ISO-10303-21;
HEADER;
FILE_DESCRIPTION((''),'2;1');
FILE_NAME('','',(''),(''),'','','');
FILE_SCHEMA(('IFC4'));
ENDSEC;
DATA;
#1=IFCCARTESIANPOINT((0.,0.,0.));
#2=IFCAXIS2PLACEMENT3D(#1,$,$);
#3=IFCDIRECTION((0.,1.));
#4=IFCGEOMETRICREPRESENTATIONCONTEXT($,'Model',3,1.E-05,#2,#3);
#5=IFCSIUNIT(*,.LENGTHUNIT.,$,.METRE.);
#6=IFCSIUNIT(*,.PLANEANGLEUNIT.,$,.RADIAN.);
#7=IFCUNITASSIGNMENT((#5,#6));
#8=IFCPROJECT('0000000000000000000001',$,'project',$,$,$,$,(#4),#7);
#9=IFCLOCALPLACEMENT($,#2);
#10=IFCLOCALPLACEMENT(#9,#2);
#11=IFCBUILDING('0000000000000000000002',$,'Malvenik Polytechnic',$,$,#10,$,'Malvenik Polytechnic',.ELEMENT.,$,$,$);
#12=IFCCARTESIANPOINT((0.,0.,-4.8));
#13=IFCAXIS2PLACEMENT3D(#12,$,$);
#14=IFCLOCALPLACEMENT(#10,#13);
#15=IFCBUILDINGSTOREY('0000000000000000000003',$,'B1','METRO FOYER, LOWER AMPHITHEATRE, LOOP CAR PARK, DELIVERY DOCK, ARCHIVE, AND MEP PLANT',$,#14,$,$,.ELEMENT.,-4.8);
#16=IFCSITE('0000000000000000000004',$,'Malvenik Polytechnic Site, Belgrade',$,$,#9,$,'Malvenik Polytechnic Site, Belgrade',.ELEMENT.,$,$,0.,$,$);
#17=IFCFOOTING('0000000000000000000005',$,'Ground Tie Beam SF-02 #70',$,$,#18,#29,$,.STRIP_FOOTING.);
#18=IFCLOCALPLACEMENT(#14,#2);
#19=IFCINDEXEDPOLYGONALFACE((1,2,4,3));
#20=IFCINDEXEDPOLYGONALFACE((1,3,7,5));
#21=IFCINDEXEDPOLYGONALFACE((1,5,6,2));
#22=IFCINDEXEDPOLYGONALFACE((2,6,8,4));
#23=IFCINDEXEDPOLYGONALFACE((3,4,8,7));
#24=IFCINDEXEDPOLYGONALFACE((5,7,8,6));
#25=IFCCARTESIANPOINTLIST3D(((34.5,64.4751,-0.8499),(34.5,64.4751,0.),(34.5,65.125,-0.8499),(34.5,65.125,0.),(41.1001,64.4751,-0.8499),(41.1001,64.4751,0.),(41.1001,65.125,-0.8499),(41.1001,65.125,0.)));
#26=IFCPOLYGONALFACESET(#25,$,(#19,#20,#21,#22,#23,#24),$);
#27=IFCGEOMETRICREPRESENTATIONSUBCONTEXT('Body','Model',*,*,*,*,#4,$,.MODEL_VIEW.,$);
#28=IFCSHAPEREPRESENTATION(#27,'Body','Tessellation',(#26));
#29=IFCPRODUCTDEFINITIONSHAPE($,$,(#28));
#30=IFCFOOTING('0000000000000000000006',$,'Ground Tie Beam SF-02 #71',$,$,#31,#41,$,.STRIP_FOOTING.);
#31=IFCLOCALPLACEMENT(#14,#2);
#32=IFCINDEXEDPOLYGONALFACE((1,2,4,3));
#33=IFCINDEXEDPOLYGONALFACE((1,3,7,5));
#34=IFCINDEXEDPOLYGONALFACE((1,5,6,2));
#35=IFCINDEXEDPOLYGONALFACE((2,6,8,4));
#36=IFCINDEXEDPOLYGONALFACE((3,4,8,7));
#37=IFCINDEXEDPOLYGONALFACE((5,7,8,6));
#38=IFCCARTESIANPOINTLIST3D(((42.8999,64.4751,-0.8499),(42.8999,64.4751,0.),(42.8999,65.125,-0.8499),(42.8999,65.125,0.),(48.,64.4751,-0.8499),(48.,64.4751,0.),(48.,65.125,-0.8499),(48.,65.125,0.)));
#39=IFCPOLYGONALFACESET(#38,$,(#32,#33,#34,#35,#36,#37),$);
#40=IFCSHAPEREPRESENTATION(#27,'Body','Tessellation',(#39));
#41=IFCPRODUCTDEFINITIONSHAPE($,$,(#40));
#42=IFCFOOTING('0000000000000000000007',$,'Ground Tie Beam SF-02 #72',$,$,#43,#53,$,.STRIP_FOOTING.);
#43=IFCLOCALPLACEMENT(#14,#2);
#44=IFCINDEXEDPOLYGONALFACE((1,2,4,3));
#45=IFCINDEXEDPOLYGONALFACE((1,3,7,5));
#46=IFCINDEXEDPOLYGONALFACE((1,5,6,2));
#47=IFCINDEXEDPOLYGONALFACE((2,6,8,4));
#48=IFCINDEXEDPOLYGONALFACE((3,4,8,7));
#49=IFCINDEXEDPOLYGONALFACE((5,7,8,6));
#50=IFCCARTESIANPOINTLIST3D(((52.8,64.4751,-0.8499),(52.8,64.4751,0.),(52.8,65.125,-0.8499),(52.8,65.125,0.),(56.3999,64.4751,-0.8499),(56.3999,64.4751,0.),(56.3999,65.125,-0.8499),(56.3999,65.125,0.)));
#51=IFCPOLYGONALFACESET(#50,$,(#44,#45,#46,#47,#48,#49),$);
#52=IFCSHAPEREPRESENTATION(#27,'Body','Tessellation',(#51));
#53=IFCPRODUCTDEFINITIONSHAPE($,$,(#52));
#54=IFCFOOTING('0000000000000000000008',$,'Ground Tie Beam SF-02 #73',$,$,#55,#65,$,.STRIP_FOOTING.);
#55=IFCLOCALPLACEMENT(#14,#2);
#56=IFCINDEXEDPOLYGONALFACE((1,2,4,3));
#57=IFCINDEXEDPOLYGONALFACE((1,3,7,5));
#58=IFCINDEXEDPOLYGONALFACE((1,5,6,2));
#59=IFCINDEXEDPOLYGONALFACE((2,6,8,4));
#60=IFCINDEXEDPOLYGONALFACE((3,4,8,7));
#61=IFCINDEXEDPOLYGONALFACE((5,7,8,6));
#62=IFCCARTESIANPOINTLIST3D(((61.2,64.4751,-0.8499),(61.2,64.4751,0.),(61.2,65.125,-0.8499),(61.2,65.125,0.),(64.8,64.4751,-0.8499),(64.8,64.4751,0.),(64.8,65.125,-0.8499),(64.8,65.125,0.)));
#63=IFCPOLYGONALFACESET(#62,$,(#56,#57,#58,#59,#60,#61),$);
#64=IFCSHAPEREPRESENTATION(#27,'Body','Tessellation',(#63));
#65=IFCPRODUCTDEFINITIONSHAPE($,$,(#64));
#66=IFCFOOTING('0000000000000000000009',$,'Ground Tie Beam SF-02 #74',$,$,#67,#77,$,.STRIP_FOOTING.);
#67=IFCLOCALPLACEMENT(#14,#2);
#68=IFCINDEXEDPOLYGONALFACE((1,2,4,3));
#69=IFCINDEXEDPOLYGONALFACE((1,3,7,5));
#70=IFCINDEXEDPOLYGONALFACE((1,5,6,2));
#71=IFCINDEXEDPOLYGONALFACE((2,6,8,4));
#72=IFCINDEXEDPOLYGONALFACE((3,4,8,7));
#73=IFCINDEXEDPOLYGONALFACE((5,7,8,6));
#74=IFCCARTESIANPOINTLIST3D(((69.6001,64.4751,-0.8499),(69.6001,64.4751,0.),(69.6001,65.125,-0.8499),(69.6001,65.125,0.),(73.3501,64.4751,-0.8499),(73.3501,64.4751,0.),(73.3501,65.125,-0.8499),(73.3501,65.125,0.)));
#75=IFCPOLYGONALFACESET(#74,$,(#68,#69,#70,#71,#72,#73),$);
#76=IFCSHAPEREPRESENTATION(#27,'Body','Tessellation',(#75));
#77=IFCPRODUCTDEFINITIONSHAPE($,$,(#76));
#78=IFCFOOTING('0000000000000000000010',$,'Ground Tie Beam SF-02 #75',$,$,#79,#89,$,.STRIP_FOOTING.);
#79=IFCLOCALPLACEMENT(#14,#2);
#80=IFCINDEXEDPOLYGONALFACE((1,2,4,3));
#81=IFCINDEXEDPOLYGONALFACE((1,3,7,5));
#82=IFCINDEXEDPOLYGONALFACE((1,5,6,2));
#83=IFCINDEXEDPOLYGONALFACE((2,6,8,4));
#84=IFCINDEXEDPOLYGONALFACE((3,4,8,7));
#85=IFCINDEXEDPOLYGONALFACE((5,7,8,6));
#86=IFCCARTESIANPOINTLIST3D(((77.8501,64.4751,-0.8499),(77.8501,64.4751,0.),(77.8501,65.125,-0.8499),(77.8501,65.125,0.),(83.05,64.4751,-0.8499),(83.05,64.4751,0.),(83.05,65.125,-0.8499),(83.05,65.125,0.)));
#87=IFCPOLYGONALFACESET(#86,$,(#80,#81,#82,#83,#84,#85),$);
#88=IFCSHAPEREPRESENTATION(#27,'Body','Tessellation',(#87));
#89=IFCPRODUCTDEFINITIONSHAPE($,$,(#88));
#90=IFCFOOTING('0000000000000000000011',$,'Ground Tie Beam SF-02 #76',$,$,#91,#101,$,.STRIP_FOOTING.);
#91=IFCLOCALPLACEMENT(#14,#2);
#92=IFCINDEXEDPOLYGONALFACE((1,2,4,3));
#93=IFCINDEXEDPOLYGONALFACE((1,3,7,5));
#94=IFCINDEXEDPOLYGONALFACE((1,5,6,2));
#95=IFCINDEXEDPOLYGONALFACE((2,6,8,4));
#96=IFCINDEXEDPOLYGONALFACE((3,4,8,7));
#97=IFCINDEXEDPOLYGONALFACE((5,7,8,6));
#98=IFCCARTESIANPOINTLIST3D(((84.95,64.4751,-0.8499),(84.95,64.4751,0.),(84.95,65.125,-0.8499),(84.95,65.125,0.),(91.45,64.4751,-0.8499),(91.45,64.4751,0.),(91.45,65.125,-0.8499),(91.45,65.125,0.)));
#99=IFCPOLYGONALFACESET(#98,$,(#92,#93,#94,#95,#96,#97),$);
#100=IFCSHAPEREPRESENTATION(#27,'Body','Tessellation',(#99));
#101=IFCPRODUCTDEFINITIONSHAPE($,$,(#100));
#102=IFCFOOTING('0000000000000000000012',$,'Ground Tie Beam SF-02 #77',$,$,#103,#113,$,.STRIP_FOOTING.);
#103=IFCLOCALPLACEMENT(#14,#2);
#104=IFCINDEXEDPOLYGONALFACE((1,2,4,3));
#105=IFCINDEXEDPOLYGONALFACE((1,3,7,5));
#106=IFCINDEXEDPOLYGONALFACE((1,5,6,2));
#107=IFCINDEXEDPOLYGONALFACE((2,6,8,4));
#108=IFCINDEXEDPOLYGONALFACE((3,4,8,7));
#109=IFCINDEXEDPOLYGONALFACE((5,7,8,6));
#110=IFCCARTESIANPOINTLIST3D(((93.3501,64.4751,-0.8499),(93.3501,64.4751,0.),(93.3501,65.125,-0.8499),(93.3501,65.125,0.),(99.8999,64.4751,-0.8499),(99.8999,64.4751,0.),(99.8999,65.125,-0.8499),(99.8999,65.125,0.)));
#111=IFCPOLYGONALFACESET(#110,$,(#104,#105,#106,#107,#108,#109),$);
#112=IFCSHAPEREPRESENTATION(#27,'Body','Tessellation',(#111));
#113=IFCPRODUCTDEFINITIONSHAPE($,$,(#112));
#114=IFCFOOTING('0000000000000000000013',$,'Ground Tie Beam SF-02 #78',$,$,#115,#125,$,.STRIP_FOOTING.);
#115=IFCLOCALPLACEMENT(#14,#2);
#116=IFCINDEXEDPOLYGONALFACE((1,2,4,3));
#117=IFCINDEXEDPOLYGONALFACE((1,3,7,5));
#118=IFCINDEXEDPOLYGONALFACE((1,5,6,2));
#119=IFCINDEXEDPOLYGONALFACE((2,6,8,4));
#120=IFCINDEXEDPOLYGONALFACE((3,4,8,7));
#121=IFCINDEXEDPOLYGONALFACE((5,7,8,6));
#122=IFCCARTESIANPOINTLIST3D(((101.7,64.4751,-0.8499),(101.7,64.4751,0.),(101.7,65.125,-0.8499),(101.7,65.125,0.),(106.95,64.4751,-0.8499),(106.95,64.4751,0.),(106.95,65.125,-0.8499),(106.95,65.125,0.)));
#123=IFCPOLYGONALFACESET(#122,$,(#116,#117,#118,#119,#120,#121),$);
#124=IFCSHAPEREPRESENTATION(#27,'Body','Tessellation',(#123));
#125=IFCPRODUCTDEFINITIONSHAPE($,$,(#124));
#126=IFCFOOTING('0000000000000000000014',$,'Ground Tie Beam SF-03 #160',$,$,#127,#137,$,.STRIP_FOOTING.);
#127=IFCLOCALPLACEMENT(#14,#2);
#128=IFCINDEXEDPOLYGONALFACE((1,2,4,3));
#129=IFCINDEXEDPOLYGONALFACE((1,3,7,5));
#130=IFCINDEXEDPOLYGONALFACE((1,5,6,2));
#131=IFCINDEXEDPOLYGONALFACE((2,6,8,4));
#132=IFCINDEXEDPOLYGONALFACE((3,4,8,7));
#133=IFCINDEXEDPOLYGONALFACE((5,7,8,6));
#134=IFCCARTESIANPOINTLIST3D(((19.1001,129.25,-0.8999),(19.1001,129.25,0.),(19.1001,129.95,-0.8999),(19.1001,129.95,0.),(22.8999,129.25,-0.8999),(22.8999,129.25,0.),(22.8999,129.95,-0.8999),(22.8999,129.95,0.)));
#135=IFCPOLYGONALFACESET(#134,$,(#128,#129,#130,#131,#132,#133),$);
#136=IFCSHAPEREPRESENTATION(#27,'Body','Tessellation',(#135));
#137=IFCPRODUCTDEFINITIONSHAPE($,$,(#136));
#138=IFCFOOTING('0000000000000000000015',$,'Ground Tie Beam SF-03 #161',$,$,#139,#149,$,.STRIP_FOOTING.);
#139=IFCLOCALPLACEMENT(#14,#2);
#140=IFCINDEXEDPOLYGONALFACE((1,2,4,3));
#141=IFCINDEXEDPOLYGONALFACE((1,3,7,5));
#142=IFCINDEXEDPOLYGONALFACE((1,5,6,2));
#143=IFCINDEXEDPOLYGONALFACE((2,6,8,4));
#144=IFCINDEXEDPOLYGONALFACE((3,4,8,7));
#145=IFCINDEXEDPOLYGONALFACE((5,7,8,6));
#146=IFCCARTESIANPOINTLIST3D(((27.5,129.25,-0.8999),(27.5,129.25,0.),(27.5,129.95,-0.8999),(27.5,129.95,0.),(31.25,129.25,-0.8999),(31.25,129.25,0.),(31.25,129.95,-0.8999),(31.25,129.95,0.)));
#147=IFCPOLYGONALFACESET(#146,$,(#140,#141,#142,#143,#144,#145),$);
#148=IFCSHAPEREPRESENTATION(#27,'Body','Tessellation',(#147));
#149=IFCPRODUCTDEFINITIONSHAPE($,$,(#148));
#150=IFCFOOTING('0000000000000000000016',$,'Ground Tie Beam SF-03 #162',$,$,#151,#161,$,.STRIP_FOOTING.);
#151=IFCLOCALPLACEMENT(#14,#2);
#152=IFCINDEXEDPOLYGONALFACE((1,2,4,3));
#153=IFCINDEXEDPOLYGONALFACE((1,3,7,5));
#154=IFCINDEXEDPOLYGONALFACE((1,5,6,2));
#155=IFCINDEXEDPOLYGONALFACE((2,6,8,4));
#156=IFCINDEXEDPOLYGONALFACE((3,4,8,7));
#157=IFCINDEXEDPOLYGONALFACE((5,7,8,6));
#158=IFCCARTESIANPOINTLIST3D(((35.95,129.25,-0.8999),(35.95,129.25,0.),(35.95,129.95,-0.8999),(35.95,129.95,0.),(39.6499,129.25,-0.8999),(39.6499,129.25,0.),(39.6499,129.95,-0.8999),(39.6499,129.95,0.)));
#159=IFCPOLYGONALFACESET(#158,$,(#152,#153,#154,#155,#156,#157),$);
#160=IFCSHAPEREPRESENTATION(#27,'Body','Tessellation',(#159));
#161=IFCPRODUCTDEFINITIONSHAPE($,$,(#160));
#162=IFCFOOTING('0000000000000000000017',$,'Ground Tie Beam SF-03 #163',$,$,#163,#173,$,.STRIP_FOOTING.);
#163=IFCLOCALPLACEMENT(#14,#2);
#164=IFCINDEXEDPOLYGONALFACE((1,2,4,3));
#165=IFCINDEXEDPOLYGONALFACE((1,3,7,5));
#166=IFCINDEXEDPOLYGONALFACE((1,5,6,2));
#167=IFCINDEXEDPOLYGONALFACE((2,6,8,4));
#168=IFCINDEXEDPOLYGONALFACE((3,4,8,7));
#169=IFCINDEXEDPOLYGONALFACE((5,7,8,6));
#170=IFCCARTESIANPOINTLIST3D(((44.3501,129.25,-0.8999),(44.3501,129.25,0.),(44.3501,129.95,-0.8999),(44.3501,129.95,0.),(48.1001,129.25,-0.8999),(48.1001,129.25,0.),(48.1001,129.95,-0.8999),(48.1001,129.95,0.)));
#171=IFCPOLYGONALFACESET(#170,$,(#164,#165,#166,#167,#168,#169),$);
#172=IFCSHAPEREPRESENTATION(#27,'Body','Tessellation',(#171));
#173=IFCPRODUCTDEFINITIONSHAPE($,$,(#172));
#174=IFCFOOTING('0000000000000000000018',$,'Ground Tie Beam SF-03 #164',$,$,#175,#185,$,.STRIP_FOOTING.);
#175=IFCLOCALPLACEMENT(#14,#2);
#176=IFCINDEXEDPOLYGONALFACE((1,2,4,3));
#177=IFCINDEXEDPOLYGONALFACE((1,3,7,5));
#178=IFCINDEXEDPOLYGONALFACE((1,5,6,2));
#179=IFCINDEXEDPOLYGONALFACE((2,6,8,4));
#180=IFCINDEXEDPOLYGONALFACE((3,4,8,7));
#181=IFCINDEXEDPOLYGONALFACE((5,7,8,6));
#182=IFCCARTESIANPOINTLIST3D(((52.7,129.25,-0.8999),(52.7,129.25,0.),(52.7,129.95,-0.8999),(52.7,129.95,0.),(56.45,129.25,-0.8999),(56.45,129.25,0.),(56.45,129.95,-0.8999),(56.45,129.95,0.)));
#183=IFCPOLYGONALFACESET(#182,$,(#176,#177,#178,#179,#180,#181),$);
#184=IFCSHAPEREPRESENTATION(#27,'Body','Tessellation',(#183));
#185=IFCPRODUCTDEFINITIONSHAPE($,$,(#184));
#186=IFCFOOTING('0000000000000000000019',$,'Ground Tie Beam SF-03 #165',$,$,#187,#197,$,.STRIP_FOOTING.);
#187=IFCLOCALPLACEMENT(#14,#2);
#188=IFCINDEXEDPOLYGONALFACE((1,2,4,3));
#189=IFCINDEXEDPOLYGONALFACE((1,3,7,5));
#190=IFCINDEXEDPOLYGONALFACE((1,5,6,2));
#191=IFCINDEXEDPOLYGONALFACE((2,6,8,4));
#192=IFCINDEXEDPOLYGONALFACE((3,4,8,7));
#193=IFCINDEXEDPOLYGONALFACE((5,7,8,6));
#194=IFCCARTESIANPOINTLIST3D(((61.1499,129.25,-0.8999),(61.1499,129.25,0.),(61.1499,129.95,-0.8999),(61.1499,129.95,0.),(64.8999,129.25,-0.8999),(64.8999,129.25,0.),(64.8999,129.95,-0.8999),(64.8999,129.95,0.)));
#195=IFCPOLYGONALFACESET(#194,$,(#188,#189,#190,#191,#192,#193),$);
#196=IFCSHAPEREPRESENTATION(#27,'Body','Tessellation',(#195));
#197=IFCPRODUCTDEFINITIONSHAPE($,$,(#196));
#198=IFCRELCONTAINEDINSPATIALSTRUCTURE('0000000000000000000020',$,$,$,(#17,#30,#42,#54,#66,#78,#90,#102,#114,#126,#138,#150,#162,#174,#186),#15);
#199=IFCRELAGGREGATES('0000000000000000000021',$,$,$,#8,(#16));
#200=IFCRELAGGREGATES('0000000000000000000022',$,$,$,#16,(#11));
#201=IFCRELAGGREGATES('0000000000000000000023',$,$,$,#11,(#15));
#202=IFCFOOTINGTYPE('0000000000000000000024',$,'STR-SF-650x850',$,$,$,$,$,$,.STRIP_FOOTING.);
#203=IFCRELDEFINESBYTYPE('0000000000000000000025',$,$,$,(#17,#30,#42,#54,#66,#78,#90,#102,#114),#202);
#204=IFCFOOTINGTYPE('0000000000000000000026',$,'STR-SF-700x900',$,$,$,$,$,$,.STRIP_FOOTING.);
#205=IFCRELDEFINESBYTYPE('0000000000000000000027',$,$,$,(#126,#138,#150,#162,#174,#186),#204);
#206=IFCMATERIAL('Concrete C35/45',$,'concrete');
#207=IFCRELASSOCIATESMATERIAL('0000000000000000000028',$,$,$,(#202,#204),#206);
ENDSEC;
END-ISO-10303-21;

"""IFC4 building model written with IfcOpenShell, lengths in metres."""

from ifc_helpers import new_model, si_unit, direction, frame, origin, place, context, subcontext, project, spatial, polyline, outline, extrude, material, type_object, element, save


model = new_model("IFC4")

# Units and contexts
model_context = context("Model", 3, precision=1e-05, world=origin(), true_north=direction((0.0, 1.0)))
body_context = subcontext(model_context, "Body", "Model", "MODEL_VIEW")
ifc_project = project(units=[si_unit("LENGTHUNIT", "METRE"), si_unit("PLANEANGLEUNIT", "RADIAN")], contexts=[model_context])

# Site, building, storey
site_placement = place(None, origin())
site = spatial("IfcSite", under=ifc_project, at=site_placement, Name="Malvenik Polytechnic Site, Belgrade", LongName="Malvenik Polytechnic Site, Belgrade", CompositionType="ELEMENT", RefElevation=0.0)
building_placement = place(site_placement, origin())
building = spatial("IfcBuilding", under=site, at=building_placement, Name="Malvenik Polytechnic", LongName="Malvenik Polytechnic", CompositionType="ELEMENT")
storey_placement = place(building_placement, frame((0.0, 0.0, -4.8)))
storey = spatial("IfcBuildingStorey", under=building, at=storey_placement, Name="B1", Description="METRO FOYER, LOWER AMPHITHEATRE, LOOP CAR PARK, DELIVERY DOCK, ARCHIVE, AND MEP PLANT", CompositionType="ELEMENT", Elevation=-4.8)

# Footings
ifc_material = material(Name="Concrete C35/45", Category="concrete")
footing_type_1 = type_object("IfcFootingType", Name="STR-SF-650x850", PredefinedType="STRIP_FOOTING", material=ifc_material)
footing_1_placement = place(storey_placement, frame((0.0, 0.0, -0.8499)))
element("IfcFooting", 1, at=footing_1_placement, inside=storey, type_object=footing_type_1, Name="Ground Tie Beam SF-02 #70", PredefinedType="STRIP_FOOTING", context=body_context, shape_type="SweptSolid", body=[
    extrude(outline(polyline([(34.5, 64.4751), (41.1001, 64.4751), (41.1001, 65.125), (34.5, 65.125), (34.5, 64.4751)])), origin(), (0.0, 0.0, 1.0), 0.8499),
])
footing_2_placement = place(storey_placement, frame((0.0, 0.0, -0.8499)))
element("IfcFooting", 2, at=footing_2_placement, inside=storey, type_object=footing_type_1, Name="Ground Tie Beam SF-02 #71", PredefinedType="STRIP_FOOTING", context=body_context, shape_type="SweptSolid", body=[
    extrude(outline(polyline([(42.8999, 64.4751), (48.0, 64.4751), (48.0, 65.125), (42.8999, 65.125), (42.8999, 64.4751)])), origin(), (0.0, 0.0, 1.0), 0.8499),
])
footing_3_placement = place(storey_placement, frame((0.0, 0.0, -0.8499)))
element("IfcFooting", 3, at=footing_3_placement, inside=storey, type_object=footing_type_1, Name="Ground Tie Beam SF-02 #72", PredefinedType="STRIP_FOOTING", context=body_context, shape_type="SweptSolid", body=[
    extrude(outline(polyline([(52.8, 64.4751), (56.3999, 64.4751), (56.3999, 65.125), (52.8, 65.125), (52.8, 64.4751)])), origin(), (0.0, 0.0, 1.0), 0.8499),
])
footing_4_placement = place(storey_placement, frame((0.0, 0.0, -0.8499)))
element("IfcFooting", 4, at=footing_4_placement, inside=storey, type_object=footing_type_1, Name="Ground Tie Beam SF-02 #73", PredefinedType="STRIP_FOOTING", context=body_context, shape_type="SweptSolid", body=[
    extrude(outline(polyline([(61.2, 64.4751), (64.8, 64.4751), (64.8, 65.125), (61.2, 65.125), (61.2, 64.4751)])), origin(), (0.0, 0.0, 1.0), 0.8499),
])
footing_5_placement = place(storey_placement, frame((0.0, 0.0, -0.8499)))
element("IfcFooting", 5, at=footing_5_placement, inside=storey, type_object=footing_type_1, Name="Ground Tie Beam SF-02 #74", PredefinedType="STRIP_FOOTING", context=body_context, shape_type="SweptSolid", body=[
    extrude(outline(polyline([(69.6001, 64.4751), (73.3501, 64.4751), (73.3501, 65.125), (69.6001, 65.125), (69.6001, 64.4751)])), origin(), (0.0, 0.0, 1.0), 0.8499),
])
footing_6_placement = place(storey_placement, frame((0.0, 0.0, -0.8499)))
element("IfcFooting", 6, at=footing_6_placement, inside=storey, type_object=footing_type_1, Name="Ground Tie Beam SF-02 #75", PredefinedType="STRIP_FOOTING", context=body_context, shape_type="SweptSolid", body=[
    extrude(outline(polyline([(77.8501, 64.4751), (83.05, 64.4751), (83.05, 65.125), (77.8501, 65.125), (77.8501, 64.4751)])), origin(), (0.0, 0.0, 1.0), 0.8499),
])
footing_7_placement = place(storey_placement, frame((0.0, 0.0, -0.8499)))
element("IfcFooting", 7, at=footing_7_placement, inside=storey, type_object=footing_type_1, Name="Ground Tie Beam SF-02 #76", PredefinedType="STRIP_FOOTING", context=body_context, shape_type="SweptSolid", body=[
    extrude(outline(polyline([(84.95, 64.4751), (91.45, 64.4751), (91.45, 65.125), (84.95, 65.125), (84.95, 64.4751)])), origin(), (0.0, 0.0, 1.0), 0.8499),
])
footing_8_placement = place(storey_placement, frame((0.0, 0.0, -0.8499)))
element("IfcFooting", 8, at=footing_8_placement, inside=storey, type_object=footing_type_1, Name="Ground Tie Beam SF-02 #77", PredefinedType="STRIP_FOOTING", context=body_context, shape_type="SweptSolid", body=[
    extrude(outline(polyline([(93.3501, 64.4751), (99.8999, 64.4751), (99.8999, 65.125), (93.3501, 65.125), (93.3501, 64.4751)])), origin(), (0.0, 0.0, 1.0), 0.8499),
])
footing_9_placement = place(storey_placement, frame((0.0, 0.0, -0.8499)))
element("IfcFooting", 9, at=footing_9_placement, inside=storey, type_object=footing_type_1, Name="Ground Tie Beam SF-02 #78", PredefinedType="STRIP_FOOTING", context=body_context, shape_type="SweptSolid", body=[
    extrude(outline(polyline([(101.7, 64.4751), (106.95, 64.4751), (106.95, 65.125), (101.7, 65.125), (101.7, 64.4751)])), origin(), (0.0, 0.0, 1.0), 0.8499),
])
footing_type_2 = type_object("IfcFootingType", Name="STR-SF-700x900", PredefinedType="STRIP_FOOTING", material=ifc_material)
footing_10_placement = place(storey_placement, frame((0.0, 0.0, -0.8999)))
element("IfcFooting", 10, at=footing_10_placement, inside=storey, type_object=footing_type_2, Name="Ground Tie Beam SF-03 #160", PredefinedType="STRIP_FOOTING", context=body_context, shape_type="SweptSolid", body=[
    extrude(outline(polyline([(19.1001, 129.25), (22.8999, 129.25), (22.8999, 129.95), (19.1001, 129.95), (19.1001, 129.25)])), origin(), (0.0, 0.0, 1.0), 0.8999),
])
footing_11_placement = place(storey_placement, frame((0.0, 0.0, -0.8999)))
element("IfcFooting", 11, at=footing_11_placement, inside=storey, type_object=footing_type_2, Name="Ground Tie Beam SF-03 #161", PredefinedType="STRIP_FOOTING", context=body_context, shape_type="SweptSolid", body=[
    extrude(outline(polyline([(27.5, 129.25), (31.25, 129.25), (31.25, 129.95), (27.5, 129.95), (27.5, 129.25)])), origin(), (0.0, 0.0, 1.0), 0.8999),
])
footing_12_placement = place(storey_placement, frame((0.0, 0.0, -0.8999)))
element("IfcFooting", 12, at=footing_12_placement, inside=storey, type_object=footing_type_2, Name="Ground Tie Beam SF-03 #162", PredefinedType="STRIP_FOOTING", context=body_context, shape_type="SweptSolid", body=[
    extrude(outline(polyline([(35.95, 129.25), (39.6499, 129.25), (39.6499, 129.95), (35.95, 129.95), (35.95, 129.25)])), origin(), (0.0, 0.0, 1.0), 0.8999),
])
footing_13_placement = place(storey_placement, frame((0.0, 0.0, -0.8999)))
element("IfcFooting", 13, at=footing_13_placement, inside=storey, type_object=footing_type_2, Name="Ground Tie Beam SF-03 #163", PredefinedType="STRIP_FOOTING", context=body_context, shape_type="SweptSolid", body=[
    extrude(outline(polyline([(44.3501, 129.25), (48.1001, 129.25), (48.1001, 129.95), (44.3501, 129.95), (44.3501, 129.25)])), origin(), (0.0, 0.0, 1.0), 0.8999),
])
footing_14_placement = place(storey_placement, frame((0.0, 0.0, -0.8999)))
element("IfcFooting", 14, at=footing_14_placement, inside=storey, type_object=footing_type_2, Name="Ground Tie Beam SF-03 #164", PredefinedType="STRIP_FOOTING", context=body_context, shape_type="SweptSolid", body=[
    extrude(outline(polyline([(52.7, 129.25), (56.45, 129.25), (56.45, 129.95), (52.7, 129.95), (52.7, 129.25)])), origin(), (0.0, 0.0, 1.0), 0.8999),
])
footing_15_placement = place(storey_placement, frame((0.0, 0.0, -0.8999)))
element("IfcFooting", 15, at=footing_15_placement, inside=storey, type_object=footing_type_2, Name="Ground Tie Beam SF-03 #165", PredefinedType="STRIP_FOOTING", context=body_context, shape_type="SweptSolid", body=[
    extrude(outline(polyline([(61.1499, 129.25), (64.8999, 129.25), (64.8999, 129.95), (61.1499, 129.95), (61.1499, 129.25)])), origin(), (0.0, 0.0, 1.0), 0.8999),
])

save(model, "model.ifc")
